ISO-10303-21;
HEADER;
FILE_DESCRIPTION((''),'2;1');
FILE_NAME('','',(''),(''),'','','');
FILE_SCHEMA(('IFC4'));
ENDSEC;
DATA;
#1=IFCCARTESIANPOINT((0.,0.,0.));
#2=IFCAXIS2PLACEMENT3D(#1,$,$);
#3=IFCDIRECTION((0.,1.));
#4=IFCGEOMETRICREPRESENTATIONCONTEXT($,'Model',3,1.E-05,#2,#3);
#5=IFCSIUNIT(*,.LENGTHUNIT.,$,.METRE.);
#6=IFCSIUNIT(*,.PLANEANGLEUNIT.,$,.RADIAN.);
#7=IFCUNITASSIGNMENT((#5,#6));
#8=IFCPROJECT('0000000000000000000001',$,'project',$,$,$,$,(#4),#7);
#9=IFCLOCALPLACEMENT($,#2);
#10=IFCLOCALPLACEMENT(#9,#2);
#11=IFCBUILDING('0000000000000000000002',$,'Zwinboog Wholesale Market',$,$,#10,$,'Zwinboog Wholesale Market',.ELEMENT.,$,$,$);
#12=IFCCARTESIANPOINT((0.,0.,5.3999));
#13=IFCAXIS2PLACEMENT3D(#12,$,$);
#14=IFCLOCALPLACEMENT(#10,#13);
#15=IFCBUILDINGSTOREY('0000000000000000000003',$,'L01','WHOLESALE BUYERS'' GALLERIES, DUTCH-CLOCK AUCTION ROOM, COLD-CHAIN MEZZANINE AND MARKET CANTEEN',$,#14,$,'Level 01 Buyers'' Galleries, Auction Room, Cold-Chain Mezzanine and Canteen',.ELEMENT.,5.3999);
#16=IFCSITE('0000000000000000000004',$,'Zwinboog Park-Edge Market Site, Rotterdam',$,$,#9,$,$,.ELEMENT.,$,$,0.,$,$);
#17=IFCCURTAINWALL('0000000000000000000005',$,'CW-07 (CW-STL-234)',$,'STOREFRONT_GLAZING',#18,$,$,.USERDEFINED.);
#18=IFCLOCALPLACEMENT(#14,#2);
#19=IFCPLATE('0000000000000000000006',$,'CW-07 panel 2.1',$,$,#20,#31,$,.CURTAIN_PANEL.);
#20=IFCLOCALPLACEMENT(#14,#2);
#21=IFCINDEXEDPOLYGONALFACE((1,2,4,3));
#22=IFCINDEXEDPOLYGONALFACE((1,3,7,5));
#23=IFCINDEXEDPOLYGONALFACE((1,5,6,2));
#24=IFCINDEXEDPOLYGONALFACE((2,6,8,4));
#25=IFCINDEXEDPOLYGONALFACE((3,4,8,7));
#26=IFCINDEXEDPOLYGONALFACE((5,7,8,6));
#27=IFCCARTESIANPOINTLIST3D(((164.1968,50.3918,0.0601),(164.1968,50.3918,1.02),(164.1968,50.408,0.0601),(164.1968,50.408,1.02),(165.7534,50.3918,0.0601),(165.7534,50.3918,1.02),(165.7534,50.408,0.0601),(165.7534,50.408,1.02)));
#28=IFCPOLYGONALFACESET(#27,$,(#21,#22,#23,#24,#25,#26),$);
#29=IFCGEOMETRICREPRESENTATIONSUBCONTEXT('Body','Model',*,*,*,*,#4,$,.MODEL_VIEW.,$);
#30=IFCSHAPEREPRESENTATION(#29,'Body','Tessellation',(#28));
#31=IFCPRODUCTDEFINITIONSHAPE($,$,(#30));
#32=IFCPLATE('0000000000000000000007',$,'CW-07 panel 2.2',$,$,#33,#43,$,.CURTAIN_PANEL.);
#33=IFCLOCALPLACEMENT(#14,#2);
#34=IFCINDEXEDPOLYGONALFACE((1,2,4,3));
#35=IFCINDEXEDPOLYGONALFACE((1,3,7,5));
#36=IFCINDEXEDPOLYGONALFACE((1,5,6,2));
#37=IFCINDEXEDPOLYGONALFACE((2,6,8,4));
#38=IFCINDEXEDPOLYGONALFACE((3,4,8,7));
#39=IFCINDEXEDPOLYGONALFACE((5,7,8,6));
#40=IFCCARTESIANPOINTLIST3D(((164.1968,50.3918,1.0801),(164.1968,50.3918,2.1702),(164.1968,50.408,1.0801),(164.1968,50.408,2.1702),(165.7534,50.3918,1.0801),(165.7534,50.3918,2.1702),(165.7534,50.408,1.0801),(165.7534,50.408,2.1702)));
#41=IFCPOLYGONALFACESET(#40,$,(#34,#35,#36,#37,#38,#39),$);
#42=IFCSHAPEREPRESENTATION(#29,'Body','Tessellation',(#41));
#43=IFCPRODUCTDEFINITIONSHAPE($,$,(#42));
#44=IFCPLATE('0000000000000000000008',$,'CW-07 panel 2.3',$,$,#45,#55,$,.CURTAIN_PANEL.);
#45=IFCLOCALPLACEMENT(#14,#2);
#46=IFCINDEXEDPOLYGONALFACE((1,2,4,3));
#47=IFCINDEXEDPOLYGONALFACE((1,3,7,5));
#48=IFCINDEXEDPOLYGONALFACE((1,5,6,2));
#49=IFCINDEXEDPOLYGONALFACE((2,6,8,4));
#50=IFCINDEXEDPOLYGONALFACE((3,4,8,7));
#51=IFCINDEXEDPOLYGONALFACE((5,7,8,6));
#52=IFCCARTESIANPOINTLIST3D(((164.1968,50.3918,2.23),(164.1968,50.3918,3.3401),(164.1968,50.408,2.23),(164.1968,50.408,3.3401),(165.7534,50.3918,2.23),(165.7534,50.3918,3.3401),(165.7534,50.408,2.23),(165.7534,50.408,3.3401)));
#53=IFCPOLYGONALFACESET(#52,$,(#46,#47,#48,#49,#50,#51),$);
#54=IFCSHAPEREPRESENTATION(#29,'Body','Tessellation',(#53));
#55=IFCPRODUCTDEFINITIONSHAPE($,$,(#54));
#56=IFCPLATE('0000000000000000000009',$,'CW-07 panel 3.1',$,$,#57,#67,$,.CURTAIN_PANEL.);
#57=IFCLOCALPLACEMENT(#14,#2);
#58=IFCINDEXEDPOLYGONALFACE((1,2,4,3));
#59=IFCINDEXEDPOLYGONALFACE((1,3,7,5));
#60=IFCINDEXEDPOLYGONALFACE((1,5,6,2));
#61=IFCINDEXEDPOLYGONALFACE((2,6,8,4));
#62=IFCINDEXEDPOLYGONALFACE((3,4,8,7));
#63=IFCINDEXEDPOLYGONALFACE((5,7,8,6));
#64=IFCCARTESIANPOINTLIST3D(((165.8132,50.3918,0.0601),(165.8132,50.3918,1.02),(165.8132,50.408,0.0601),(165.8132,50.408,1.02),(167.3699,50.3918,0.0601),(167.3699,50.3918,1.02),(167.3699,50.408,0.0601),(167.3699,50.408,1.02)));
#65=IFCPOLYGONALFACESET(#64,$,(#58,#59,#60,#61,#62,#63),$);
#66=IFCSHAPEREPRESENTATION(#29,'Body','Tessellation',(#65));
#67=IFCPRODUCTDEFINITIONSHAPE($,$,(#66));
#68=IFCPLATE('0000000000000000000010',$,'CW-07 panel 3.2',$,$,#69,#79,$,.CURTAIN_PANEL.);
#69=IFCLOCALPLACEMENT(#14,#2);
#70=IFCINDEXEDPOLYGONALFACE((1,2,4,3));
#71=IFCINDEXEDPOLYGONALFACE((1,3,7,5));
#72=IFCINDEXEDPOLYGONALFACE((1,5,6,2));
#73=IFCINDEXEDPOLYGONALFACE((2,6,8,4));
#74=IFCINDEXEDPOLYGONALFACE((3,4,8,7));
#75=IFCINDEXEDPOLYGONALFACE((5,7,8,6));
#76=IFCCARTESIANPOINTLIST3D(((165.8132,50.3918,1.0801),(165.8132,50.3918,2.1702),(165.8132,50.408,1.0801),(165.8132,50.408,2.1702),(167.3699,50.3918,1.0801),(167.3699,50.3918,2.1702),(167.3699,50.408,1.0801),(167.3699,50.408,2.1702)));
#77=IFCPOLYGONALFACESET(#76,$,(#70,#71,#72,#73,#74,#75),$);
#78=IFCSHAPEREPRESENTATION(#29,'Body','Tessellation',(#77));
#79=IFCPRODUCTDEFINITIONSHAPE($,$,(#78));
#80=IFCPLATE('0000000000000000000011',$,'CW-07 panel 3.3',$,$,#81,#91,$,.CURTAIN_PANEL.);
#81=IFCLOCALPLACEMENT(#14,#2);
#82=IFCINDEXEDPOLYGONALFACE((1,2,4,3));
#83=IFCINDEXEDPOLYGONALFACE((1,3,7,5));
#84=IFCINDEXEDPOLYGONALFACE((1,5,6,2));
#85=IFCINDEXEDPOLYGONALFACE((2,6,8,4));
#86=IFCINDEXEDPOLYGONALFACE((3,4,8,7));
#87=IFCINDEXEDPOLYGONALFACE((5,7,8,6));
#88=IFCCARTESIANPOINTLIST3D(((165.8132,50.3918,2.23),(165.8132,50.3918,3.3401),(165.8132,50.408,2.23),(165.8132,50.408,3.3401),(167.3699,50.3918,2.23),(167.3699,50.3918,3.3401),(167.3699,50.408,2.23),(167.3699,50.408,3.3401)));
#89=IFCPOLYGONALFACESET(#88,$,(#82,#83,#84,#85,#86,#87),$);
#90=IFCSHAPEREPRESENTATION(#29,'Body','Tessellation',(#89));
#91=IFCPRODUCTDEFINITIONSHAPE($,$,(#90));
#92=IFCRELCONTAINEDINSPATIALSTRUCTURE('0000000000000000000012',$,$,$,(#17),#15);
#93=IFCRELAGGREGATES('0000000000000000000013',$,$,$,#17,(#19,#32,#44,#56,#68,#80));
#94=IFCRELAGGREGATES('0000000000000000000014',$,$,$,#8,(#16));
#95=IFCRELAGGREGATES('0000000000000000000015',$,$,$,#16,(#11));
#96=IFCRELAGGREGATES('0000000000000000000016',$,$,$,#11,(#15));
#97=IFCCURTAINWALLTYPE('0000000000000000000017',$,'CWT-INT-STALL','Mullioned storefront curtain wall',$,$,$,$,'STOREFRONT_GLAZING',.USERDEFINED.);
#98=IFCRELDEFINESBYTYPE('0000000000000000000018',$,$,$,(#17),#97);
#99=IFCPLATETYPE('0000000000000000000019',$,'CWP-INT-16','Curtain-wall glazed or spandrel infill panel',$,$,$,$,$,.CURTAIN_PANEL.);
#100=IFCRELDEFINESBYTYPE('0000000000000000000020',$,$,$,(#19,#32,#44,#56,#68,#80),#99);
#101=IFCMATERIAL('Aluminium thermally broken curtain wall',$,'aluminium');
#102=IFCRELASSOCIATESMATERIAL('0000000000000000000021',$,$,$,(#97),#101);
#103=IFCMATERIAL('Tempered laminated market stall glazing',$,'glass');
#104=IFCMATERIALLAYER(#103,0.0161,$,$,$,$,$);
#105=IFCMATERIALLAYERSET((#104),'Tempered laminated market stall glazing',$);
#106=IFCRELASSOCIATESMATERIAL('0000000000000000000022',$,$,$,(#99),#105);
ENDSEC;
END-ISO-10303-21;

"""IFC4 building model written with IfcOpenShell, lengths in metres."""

from ifc_helpers import new_model, si_unit, direction, frame, origin, origin_2d, place, context, subcontext, project, spatial, rectangle, extrude, material, layer, layer_set, type_object, element, aggregate, save


model = new_model("IFC4")

# Units and contexts
model_context = context("Model", 3, precision=1e-05, world=origin(), true_north=direction((0.0, 1.0)))
body_context = subcontext(model_context, "Body", "Model", "MODEL_VIEW")
ifc_project = project(units=[si_unit("LENGTHUNIT", "METRE"), si_unit("PLANEANGLEUNIT", "RADIAN")], contexts=[model_context])

# Site, building, storey
site_placement = place(None, origin())
site = spatial("IfcSite", under=ifc_project, at=site_placement, Name="Zwinboog Park-Edge Market Site, Rotterdam", CompositionType="ELEMENT", RefElevation=0.0)
building_placement = place(site_placement, origin())
building = spatial("IfcBuilding", under=site, at=building_placement, Name="Zwinboog Wholesale Market", LongName="Zwinboog Wholesale Market", CompositionType="ELEMENT")
storey_placement = place(building_placement, frame((0.0, 0.0, 5.3999)))
storey = spatial("IfcBuildingStorey", under=building, at=storey_placement, Name="L01", Description="WHOLESALE BUYERS' GALLERIES, DUTCH-CLOCK AUCTION ROOM, COLD-CHAIN MEZZANINE AND MARKET CANTEEN", LongName="Level 01 Buyers' Galleries, Auction Room, Cold-Chain Mezzanine and Canteen", CompositionType="ELEMENT", Elevation=5.3999)

# Curtain wall, plates
ifc_material_1 = material(Name="Aluminium thermally broken curtain wall", Category="aluminium")
curtain_wall_type = type_object("IfcCurtainWallType", Name="CWT-INT-STALL", Description="Mullioned storefront curtain wall", ElementType="STOREFRONT_GLAZING", PredefinedType="USERDEFINED", material=ifc_material_1)
curtain_wall_placement = place(storey_placement, origin())
curtain_wall = element("IfcCurtainWall", 1, at=curtain_wall_placement, inside=storey, type_object=curtain_wall_type, Name="CW-07 (CW-STL-234)", ObjectType="STOREFRONT_GLAZING", PredefinedType="USERDEFINED")
ifc_material_2 = material(Name="Tempered laminated market stall glazing", Category="glass")
ifc_layer = layer(ifc_material_2, 0.0161)
ifc_layer_set = layer_set([ifc_layer], Name="Tempered laminated market stall glazing")
plate_type = type_object("IfcPlateType", Name="CWP-INT-16", Description="Curtain-wall glazed or spandrel infill panel", PredefinedType="CURTAIN_PANEL", material=ifc_layer_set)
plate_1_placement = place(storey_placement, frame((164.9751, 50.3999, 0.0601), z_axis=(0.0, 0.0, 1.0), x_axis=(1.0, 0.0, 0.0)))
plate_1 = element("IfcPlate", 2, at=plate_1_placement, type_object=plate_type, Name="CW-07 panel 2.1", PredefinedType="CURTAIN_PANEL", context=body_context, shape_type="SweptSolid", body=[
    extrude(rectangle(XDim=1.5566, YDim=0.0161, at=origin_2d()), origin(), (0.0, 0.0, 1.0), 0.96),
])
plate_2_placement = place(storey_placement, frame((164.9751, 50.3999, 1.0801), z_axis=(0.0, 0.0, 1.0), x_axis=(1.0, 0.0, 0.0)))
plate_2 = element("IfcPlate", 3, at=plate_2_placement, type_object=plate_type, Name="CW-07 panel 2.2", PredefinedType="CURTAIN_PANEL", context=body_context, shape_type="SweptSolid", body=[
    extrude(rectangle(XDim=1.5566, YDim=0.0161, at=origin_2d()), origin(), (0.0, 0.0, 1.0), 1.0901),
])
plate_3_placement = place(storey_placement, frame((164.9751, 50.3999, 2.23), z_axis=(0.0, 0.0, 1.0), x_axis=(1.0, 0.0, 0.0)))
plate_3 = element("IfcPlate", 4, at=plate_3_placement, type_object=plate_type, Name="CW-07 panel 2.3", PredefinedType="CURTAIN_PANEL", context=body_context, shape_type="SweptSolid", body=[
    extrude(rectangle(XDim=1.5566, YDim=0.0161, at=origin_2d()), origin(), (0.0, 0.0, 1.0), 1.1101),
])
plate_4_placement = place(storey_placement, frame((166.5916, 50.3999, 0.0601), z_axis=(0.0, 0.0, 1.0), x_axis=(1.0, 0.0, 0.0)))
plate_4 = element("IfcPlate", 5, at=plate_4_placement, type_object=plate_type, Name="CW-07 panel 3.1", PredefinedType="CURTAIN_PANEL", context=body_context, shape_type="SweptSolid", body=[
    extrude(rectangle(XDim=1.5566, YDim=0.0161, at=origin_2d()), origin(), (0.0, 0.0, 1.0), 0.96),
])
plate_5_placement = place(storey_placement, frame((166.5916, 50.3999, 1.0801), z_axis=(0.0, 0.0, 1.0), x_axis=(1.0, 0.0, 0.0)))
plate_5 = element("IfcPlate", 6, at=plate_5_placement, type_object=plate_type, Name="CW-07 panel 3.2", PredefinedType="CURTAIN_PANEL", context=body_context, shape_type="SweptSolid", body=[
    extrude(rectangle(XDim=1.5566, YDim=0.0161, at=origin_2d()), origin(), (0.0, 0.0, 1.0), 1.0901),
])
plate_6_placement = place(storey_placement, frame((166.5916, 50.3999, 2.23), z_axis=(0.0, 0.0, 1.0), x_axis=(1.0, 0.0, 0.0)))
plate_6 = element("IfcPlate", 7, at=plate_6_placement, type_object=plate_type, Name="CW-07 panel 3.3", PredefinedType="CURTAIN_PANEL", context=body_context, shape_type="SweptSolid", body=[
    extrude(rectangle(XDim=1.5566, YDim=0.0161, at=origin_2d()), origin(), (0.0, 0.0, 1.0), 1.1101),
])
aggregate(curtain_wall, [plate_1, plate_2, plate_3, plate_4, plate_5, plate_6])

save(model, "model.ifc")
